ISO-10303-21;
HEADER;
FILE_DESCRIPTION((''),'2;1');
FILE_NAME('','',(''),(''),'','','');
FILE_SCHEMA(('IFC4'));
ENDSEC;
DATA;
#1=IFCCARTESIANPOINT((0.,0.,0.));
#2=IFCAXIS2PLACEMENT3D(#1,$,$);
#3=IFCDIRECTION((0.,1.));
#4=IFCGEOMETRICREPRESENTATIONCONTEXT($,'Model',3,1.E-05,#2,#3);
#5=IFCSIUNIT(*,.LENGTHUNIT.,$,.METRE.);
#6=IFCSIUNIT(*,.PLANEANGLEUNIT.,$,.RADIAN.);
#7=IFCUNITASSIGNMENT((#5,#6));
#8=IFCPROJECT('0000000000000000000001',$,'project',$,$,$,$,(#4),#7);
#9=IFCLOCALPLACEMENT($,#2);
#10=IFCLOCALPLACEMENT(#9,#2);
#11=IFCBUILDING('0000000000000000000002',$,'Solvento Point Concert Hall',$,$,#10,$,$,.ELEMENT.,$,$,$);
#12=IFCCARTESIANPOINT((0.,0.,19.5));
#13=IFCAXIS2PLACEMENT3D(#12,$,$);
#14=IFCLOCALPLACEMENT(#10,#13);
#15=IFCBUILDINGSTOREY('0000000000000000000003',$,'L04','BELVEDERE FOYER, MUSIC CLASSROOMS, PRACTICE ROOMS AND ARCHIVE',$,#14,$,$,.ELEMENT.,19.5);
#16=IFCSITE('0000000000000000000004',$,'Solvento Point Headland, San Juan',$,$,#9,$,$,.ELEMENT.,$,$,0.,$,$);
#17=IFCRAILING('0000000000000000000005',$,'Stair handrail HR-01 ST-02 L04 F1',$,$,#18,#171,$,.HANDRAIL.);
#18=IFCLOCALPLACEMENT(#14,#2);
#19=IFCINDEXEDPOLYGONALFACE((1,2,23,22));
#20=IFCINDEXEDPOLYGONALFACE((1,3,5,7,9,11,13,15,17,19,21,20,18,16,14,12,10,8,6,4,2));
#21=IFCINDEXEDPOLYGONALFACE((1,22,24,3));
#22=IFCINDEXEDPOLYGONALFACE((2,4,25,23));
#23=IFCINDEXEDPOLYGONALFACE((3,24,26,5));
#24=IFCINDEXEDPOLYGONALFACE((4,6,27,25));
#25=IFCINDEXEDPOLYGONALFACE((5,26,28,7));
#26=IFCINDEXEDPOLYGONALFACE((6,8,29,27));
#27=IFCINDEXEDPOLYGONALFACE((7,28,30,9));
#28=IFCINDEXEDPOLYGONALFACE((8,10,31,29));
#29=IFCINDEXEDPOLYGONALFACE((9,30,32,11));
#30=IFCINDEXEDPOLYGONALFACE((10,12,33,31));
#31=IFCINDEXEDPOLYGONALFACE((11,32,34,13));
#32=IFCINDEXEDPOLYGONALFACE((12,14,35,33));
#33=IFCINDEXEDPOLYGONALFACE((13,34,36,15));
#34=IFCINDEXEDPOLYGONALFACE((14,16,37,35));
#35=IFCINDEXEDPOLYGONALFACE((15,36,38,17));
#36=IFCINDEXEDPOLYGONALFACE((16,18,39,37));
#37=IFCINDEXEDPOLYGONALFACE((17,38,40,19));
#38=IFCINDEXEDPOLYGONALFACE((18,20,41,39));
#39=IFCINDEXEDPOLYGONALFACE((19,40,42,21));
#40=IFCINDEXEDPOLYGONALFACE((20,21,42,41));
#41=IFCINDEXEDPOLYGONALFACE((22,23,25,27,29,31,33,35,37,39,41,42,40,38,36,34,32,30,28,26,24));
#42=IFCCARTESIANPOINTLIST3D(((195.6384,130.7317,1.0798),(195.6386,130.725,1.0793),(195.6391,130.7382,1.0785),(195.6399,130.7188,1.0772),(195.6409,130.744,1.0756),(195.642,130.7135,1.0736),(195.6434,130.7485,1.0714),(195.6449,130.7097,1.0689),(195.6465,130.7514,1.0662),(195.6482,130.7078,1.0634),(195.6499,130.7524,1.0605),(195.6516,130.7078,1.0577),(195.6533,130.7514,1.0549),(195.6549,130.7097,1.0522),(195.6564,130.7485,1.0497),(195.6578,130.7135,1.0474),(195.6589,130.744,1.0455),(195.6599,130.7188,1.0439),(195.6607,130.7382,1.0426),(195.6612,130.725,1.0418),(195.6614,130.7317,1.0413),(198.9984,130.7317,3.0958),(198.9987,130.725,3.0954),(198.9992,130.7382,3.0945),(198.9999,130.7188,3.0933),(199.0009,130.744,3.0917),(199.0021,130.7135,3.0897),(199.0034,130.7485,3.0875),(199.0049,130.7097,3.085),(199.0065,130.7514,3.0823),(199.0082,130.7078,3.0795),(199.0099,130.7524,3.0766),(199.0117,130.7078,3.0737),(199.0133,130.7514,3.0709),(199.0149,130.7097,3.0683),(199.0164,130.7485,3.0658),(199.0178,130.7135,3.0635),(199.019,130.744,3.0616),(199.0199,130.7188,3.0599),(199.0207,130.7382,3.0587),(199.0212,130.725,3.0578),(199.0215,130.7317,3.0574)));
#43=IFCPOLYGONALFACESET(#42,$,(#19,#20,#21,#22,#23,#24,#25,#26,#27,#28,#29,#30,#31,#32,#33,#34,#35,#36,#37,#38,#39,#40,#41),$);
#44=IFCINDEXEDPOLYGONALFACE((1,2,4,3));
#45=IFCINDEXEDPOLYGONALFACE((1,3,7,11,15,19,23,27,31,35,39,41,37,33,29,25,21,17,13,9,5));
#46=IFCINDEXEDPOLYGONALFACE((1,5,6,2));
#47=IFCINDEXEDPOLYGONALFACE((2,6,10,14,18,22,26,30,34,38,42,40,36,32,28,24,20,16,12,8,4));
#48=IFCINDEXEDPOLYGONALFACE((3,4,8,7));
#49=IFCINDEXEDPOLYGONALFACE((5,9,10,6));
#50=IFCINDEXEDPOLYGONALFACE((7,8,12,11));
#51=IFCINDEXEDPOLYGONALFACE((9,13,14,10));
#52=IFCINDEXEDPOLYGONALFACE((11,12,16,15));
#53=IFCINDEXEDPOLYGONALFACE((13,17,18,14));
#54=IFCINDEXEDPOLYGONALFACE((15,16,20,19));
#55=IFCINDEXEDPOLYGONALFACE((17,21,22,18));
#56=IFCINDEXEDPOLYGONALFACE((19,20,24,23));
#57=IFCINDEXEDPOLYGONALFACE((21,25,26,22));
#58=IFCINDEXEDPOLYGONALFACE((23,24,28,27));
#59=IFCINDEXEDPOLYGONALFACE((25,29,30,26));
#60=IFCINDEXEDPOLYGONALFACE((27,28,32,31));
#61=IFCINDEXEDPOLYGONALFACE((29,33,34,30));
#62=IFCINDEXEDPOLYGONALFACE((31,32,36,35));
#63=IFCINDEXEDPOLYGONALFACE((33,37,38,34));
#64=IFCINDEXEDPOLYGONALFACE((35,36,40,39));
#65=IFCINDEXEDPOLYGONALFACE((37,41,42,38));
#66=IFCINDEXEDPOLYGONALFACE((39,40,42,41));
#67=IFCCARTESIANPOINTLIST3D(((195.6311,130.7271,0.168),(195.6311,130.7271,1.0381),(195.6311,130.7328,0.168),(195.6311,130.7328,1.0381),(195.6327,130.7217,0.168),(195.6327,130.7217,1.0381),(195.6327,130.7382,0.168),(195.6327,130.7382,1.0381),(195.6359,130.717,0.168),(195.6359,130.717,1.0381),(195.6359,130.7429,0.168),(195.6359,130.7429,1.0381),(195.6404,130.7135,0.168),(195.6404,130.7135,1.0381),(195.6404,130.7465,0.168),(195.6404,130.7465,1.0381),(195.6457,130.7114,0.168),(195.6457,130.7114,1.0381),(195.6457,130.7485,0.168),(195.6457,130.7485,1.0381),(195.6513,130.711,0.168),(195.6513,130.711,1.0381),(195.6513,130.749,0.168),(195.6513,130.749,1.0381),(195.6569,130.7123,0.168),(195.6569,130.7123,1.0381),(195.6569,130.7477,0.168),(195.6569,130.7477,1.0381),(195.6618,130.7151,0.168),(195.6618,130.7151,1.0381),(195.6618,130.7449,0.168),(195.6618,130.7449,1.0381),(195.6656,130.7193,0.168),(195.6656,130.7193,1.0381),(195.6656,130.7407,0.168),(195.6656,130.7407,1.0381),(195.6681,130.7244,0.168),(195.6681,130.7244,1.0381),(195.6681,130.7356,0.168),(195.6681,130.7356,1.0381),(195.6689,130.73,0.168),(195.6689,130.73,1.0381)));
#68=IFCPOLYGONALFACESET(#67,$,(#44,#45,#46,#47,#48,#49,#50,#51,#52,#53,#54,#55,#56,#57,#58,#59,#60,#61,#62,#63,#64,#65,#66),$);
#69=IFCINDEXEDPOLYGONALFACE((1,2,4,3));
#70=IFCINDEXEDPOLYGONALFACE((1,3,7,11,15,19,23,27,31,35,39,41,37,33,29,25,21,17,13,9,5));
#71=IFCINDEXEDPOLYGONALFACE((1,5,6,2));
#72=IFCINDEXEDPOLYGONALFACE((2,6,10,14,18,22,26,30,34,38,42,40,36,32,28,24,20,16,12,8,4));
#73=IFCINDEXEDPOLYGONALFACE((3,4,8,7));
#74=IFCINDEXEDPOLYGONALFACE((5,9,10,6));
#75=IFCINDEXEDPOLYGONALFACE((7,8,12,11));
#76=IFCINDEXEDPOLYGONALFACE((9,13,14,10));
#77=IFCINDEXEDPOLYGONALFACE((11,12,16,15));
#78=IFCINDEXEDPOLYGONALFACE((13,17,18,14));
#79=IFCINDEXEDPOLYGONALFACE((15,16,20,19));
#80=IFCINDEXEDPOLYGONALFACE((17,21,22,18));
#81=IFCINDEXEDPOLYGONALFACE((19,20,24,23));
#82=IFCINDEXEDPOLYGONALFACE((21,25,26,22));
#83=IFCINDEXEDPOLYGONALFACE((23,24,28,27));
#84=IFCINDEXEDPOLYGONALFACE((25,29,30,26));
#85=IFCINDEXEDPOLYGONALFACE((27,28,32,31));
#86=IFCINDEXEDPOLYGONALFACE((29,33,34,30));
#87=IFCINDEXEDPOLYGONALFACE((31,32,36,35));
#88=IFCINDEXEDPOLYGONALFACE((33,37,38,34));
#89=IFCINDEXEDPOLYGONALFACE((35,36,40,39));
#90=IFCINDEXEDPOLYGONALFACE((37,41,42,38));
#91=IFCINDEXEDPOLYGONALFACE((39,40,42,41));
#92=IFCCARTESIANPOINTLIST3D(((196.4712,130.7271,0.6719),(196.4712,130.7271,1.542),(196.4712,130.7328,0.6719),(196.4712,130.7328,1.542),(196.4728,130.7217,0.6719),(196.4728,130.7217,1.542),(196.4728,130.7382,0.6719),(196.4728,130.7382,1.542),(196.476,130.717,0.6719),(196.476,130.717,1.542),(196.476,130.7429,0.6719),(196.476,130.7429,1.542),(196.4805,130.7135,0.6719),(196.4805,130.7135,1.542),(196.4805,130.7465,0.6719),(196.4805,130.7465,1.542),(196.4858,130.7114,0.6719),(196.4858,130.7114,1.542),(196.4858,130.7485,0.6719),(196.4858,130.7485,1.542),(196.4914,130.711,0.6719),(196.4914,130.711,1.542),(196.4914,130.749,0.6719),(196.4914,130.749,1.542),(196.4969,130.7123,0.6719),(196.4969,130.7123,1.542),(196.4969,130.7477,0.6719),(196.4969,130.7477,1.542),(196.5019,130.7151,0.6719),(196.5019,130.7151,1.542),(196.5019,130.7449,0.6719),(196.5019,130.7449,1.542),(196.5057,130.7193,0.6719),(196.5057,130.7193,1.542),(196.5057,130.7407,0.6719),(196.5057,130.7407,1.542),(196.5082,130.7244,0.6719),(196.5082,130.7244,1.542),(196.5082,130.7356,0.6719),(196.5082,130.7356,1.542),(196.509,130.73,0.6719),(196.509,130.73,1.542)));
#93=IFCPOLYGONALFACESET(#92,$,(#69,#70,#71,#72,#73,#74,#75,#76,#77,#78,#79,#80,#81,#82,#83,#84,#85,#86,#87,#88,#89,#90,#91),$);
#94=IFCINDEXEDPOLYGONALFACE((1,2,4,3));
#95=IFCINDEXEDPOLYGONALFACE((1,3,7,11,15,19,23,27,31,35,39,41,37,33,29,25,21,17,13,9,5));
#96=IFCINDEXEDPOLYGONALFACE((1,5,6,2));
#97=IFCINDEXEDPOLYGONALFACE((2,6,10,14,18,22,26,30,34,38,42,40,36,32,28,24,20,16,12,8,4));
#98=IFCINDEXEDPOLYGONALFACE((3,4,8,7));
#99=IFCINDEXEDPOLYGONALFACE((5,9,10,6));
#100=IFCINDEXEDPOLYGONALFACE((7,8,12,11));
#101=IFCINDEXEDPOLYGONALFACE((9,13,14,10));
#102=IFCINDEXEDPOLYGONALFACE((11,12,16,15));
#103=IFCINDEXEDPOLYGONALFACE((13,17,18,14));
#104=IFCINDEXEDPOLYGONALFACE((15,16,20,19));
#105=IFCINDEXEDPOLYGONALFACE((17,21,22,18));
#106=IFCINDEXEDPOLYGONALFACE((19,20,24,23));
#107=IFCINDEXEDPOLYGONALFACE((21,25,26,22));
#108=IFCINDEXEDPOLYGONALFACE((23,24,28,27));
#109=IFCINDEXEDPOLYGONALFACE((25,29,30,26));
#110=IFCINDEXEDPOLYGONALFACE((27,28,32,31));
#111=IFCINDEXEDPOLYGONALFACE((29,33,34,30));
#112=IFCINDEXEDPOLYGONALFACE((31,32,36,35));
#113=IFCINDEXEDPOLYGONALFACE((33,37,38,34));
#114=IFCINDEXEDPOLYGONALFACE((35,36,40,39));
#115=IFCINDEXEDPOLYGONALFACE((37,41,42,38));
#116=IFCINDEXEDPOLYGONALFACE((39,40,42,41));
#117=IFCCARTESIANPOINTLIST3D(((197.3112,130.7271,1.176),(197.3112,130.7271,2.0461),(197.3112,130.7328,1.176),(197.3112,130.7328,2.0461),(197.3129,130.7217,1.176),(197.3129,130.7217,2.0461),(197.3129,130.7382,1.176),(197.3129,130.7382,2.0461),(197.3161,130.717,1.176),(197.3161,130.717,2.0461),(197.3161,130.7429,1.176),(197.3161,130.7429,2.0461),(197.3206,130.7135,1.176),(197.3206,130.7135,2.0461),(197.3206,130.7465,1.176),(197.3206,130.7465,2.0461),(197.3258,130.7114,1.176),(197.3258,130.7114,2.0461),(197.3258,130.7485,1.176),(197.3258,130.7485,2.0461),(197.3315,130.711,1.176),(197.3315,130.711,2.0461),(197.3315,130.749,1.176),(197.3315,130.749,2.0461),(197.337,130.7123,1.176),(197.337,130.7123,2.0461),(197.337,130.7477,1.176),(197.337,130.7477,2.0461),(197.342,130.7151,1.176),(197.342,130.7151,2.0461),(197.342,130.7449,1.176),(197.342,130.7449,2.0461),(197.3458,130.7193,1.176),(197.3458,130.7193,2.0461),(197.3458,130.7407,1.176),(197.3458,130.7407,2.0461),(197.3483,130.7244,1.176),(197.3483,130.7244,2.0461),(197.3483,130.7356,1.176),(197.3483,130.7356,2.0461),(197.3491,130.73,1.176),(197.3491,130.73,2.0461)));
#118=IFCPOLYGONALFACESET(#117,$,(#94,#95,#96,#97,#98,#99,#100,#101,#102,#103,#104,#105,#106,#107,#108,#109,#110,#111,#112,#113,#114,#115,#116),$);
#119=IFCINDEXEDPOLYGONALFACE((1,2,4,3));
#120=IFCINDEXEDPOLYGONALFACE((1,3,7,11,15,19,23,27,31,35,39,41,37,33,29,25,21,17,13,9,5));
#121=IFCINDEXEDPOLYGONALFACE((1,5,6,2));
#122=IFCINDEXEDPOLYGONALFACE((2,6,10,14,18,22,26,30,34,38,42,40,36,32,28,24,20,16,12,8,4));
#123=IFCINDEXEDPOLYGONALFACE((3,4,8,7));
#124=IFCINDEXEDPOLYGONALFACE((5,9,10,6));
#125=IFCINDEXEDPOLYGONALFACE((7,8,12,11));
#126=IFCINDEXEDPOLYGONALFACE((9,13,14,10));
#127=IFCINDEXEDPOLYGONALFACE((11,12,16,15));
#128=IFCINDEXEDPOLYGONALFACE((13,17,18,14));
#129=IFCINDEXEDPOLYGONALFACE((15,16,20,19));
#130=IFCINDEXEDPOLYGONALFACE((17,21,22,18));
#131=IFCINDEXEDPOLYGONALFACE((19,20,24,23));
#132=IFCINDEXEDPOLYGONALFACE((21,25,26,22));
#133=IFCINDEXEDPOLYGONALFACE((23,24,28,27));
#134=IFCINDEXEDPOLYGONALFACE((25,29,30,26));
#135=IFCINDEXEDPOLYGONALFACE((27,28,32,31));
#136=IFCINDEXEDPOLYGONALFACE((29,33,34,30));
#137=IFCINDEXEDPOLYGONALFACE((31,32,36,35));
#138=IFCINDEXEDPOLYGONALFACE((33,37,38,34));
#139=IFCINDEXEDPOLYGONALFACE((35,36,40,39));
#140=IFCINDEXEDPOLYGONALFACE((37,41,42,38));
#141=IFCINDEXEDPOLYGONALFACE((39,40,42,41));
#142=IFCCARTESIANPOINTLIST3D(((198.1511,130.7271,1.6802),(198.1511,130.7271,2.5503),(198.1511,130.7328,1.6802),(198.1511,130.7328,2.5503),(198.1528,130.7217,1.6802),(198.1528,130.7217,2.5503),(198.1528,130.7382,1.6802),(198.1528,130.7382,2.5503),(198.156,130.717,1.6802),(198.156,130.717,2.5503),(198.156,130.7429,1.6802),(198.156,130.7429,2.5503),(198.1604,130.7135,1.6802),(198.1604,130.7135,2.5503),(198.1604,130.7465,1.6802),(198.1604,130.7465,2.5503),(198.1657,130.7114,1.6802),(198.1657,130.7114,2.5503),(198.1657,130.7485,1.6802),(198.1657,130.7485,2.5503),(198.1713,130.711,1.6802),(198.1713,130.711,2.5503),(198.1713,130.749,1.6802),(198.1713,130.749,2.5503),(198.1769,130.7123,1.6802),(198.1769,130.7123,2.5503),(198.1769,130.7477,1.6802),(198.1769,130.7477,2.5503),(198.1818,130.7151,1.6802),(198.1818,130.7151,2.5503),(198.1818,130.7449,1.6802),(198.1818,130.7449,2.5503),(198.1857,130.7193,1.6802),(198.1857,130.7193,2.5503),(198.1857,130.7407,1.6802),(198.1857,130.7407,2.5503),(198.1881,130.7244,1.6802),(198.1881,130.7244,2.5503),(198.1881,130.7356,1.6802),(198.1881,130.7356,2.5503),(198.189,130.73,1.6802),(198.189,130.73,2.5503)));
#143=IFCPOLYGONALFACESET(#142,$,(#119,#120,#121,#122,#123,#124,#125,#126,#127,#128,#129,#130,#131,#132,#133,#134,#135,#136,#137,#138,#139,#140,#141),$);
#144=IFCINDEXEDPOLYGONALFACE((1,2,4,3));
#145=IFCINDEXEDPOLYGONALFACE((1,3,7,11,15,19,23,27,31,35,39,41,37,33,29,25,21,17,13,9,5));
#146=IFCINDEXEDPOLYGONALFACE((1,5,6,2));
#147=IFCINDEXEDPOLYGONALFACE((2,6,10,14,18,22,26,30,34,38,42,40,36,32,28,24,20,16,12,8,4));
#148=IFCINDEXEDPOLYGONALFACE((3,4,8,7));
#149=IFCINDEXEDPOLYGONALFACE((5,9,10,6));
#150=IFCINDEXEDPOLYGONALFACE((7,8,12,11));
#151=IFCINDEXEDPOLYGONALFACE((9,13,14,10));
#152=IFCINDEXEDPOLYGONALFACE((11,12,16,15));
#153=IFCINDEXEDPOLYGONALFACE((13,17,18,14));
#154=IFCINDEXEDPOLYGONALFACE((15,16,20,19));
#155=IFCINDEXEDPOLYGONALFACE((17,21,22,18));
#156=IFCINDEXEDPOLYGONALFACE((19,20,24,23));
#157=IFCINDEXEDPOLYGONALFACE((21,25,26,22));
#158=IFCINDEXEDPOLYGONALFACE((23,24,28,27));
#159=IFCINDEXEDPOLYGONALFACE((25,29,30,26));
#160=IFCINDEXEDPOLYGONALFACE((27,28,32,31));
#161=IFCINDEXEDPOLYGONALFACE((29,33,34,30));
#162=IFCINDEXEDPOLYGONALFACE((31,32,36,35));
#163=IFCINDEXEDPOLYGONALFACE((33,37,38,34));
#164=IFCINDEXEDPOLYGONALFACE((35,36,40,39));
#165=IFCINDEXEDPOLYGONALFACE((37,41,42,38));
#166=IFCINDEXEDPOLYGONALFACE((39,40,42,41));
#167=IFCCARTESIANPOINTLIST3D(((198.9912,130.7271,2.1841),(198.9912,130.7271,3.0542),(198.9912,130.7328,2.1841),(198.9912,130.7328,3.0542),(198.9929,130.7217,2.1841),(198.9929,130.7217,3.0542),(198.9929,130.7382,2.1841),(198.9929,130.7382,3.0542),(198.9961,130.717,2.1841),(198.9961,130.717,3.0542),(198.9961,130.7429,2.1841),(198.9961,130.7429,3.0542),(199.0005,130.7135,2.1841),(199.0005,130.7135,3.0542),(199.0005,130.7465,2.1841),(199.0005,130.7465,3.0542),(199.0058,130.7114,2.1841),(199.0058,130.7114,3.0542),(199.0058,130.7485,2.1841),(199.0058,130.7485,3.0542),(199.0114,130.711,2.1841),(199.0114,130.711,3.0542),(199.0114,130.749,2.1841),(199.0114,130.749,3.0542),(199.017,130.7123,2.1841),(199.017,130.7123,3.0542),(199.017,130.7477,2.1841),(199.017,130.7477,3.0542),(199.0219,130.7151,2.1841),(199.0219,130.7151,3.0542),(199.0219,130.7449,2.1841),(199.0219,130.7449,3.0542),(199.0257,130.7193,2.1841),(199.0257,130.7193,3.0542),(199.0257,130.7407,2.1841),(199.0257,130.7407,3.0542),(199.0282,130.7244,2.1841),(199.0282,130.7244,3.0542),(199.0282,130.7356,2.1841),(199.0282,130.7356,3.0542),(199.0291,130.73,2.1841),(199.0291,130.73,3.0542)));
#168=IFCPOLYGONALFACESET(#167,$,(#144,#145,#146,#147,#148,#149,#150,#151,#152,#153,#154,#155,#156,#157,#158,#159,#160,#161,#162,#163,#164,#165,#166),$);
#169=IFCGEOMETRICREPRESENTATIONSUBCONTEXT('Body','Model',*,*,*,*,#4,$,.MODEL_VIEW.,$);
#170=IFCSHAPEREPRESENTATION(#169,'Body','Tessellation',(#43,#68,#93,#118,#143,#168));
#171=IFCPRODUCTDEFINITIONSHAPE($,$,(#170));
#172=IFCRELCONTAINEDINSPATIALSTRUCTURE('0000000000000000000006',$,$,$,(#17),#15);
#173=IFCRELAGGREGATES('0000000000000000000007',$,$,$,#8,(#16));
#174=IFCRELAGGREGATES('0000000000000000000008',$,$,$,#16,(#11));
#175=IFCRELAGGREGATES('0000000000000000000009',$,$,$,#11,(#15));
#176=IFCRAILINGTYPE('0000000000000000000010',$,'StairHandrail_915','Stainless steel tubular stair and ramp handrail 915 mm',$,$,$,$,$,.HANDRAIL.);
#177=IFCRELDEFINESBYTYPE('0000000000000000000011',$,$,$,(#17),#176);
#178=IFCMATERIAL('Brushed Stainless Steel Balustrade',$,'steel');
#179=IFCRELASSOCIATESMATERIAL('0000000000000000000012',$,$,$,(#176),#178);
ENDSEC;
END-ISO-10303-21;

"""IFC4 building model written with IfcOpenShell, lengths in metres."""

from ifc_helpers import new_model, si_unit, direction, frame, origin, origin_2d, place, context, subcontext, project, spatial, circle, extrude, material, type_object, element, save


model = new_model("IFC4")

# Units and contexts
model_context = context("Model", 3, precision=1e-05, world=origin(), true_north=direction((0.0, 1.0)))
body_context = subcontext(model_context, "Body", "Model", "MODEL_VIEW")
ifc_project = project(units=[si_unit("LENGTHUNIT", "METRE"), si_unit("PLANEANGLEUNIT", "RADIAN")], contexts=[model_context])

# Site, building, storey
site_placement = place(None, origin())
site = spatial("IfcSite", under=ifc_project, at=site_placement, Name="Solvento Point Headland, San Juan", CompositionType="ELEMENT", RefElevation=0.0)
building_placement = place(site_placement, origin())
building = spatial("IfcBuilding", under=site, at=building_placement, Name="Solvento Point Concert Hall", CompositionType="ELEMENT")
storey_placement = place(building_placement, frame((0.0, 0.0, 19.5)))
storey = spatial("IfcBuildingStorey", under=building, at=storey_placement, Name="L04", Description="BELVEDERE FOYER, MUSIC CLASSROOMS, PRACTICE ROOMS AND ARCHIVE", CompositionType="ELEMENT", Elevation=19.5)

# Railing
ifc_material_1 = material(Name="Brushed Stainless Steel Balustrade", Category="steel")
railing_type_1 = type_object("IfcRailingType", Name="StairHandrail_915", Description="Stainless steel tubular stair and ramp handrail 915 mm", PredefinedType="HANDRAIL", material=ifc_material_1)
railing_1_placement = place(storey_placement, frame((195.6499, 130.73, 0.168)))
element("IfcRailing", 1, at=railing_1_placement, inside=storey, type_object=railing_type_1, Name="Stair handrail HR-01 ST-02 L04 F1", PredefinedType="HANDRAIL", context=body_context, shape_type="SweptSolid", body=[
    extrude(circle(Radius=0.0225, at=origin_2d()), frame((0.0, 0.0, 0.8926), z_axis=(0.857487, 0.0, 0.514505), x_axis=(0.0, 1.0, 0.0)), (0.0, 0.0, 1.0), 3.9185),
    extrude(circle(Radius=0.019, at=origin_2d()), origin(), (0.0, 0.0, 1.0), 0.8701),
    extrude(circle(Radius=0.019, at=origin_2d()), frame((0.8401, 0.0, 0.5039)), (0.0, 0.0, 1.0), 0.8701),
    extrude(circle(Radius=0.019, at=origin_2d()), frame((1.6802, 0.0, 1.0081)), (0.0, 0.0, 1.0), 0.8701),
    extrude(circle(Radius=0.019, at=origin_2d()), frame((2.52, 0.0, 1.5122)), (0.0, 0.0, 1.0), 0.8701),
    extrude(circle(Radius=0.019, at=origin_2d()), frame((3.3601, 0.0, 2.0161)), (0.0, 0.0, 1.0), 0.8701),
])

save(model, "model.ifc")
